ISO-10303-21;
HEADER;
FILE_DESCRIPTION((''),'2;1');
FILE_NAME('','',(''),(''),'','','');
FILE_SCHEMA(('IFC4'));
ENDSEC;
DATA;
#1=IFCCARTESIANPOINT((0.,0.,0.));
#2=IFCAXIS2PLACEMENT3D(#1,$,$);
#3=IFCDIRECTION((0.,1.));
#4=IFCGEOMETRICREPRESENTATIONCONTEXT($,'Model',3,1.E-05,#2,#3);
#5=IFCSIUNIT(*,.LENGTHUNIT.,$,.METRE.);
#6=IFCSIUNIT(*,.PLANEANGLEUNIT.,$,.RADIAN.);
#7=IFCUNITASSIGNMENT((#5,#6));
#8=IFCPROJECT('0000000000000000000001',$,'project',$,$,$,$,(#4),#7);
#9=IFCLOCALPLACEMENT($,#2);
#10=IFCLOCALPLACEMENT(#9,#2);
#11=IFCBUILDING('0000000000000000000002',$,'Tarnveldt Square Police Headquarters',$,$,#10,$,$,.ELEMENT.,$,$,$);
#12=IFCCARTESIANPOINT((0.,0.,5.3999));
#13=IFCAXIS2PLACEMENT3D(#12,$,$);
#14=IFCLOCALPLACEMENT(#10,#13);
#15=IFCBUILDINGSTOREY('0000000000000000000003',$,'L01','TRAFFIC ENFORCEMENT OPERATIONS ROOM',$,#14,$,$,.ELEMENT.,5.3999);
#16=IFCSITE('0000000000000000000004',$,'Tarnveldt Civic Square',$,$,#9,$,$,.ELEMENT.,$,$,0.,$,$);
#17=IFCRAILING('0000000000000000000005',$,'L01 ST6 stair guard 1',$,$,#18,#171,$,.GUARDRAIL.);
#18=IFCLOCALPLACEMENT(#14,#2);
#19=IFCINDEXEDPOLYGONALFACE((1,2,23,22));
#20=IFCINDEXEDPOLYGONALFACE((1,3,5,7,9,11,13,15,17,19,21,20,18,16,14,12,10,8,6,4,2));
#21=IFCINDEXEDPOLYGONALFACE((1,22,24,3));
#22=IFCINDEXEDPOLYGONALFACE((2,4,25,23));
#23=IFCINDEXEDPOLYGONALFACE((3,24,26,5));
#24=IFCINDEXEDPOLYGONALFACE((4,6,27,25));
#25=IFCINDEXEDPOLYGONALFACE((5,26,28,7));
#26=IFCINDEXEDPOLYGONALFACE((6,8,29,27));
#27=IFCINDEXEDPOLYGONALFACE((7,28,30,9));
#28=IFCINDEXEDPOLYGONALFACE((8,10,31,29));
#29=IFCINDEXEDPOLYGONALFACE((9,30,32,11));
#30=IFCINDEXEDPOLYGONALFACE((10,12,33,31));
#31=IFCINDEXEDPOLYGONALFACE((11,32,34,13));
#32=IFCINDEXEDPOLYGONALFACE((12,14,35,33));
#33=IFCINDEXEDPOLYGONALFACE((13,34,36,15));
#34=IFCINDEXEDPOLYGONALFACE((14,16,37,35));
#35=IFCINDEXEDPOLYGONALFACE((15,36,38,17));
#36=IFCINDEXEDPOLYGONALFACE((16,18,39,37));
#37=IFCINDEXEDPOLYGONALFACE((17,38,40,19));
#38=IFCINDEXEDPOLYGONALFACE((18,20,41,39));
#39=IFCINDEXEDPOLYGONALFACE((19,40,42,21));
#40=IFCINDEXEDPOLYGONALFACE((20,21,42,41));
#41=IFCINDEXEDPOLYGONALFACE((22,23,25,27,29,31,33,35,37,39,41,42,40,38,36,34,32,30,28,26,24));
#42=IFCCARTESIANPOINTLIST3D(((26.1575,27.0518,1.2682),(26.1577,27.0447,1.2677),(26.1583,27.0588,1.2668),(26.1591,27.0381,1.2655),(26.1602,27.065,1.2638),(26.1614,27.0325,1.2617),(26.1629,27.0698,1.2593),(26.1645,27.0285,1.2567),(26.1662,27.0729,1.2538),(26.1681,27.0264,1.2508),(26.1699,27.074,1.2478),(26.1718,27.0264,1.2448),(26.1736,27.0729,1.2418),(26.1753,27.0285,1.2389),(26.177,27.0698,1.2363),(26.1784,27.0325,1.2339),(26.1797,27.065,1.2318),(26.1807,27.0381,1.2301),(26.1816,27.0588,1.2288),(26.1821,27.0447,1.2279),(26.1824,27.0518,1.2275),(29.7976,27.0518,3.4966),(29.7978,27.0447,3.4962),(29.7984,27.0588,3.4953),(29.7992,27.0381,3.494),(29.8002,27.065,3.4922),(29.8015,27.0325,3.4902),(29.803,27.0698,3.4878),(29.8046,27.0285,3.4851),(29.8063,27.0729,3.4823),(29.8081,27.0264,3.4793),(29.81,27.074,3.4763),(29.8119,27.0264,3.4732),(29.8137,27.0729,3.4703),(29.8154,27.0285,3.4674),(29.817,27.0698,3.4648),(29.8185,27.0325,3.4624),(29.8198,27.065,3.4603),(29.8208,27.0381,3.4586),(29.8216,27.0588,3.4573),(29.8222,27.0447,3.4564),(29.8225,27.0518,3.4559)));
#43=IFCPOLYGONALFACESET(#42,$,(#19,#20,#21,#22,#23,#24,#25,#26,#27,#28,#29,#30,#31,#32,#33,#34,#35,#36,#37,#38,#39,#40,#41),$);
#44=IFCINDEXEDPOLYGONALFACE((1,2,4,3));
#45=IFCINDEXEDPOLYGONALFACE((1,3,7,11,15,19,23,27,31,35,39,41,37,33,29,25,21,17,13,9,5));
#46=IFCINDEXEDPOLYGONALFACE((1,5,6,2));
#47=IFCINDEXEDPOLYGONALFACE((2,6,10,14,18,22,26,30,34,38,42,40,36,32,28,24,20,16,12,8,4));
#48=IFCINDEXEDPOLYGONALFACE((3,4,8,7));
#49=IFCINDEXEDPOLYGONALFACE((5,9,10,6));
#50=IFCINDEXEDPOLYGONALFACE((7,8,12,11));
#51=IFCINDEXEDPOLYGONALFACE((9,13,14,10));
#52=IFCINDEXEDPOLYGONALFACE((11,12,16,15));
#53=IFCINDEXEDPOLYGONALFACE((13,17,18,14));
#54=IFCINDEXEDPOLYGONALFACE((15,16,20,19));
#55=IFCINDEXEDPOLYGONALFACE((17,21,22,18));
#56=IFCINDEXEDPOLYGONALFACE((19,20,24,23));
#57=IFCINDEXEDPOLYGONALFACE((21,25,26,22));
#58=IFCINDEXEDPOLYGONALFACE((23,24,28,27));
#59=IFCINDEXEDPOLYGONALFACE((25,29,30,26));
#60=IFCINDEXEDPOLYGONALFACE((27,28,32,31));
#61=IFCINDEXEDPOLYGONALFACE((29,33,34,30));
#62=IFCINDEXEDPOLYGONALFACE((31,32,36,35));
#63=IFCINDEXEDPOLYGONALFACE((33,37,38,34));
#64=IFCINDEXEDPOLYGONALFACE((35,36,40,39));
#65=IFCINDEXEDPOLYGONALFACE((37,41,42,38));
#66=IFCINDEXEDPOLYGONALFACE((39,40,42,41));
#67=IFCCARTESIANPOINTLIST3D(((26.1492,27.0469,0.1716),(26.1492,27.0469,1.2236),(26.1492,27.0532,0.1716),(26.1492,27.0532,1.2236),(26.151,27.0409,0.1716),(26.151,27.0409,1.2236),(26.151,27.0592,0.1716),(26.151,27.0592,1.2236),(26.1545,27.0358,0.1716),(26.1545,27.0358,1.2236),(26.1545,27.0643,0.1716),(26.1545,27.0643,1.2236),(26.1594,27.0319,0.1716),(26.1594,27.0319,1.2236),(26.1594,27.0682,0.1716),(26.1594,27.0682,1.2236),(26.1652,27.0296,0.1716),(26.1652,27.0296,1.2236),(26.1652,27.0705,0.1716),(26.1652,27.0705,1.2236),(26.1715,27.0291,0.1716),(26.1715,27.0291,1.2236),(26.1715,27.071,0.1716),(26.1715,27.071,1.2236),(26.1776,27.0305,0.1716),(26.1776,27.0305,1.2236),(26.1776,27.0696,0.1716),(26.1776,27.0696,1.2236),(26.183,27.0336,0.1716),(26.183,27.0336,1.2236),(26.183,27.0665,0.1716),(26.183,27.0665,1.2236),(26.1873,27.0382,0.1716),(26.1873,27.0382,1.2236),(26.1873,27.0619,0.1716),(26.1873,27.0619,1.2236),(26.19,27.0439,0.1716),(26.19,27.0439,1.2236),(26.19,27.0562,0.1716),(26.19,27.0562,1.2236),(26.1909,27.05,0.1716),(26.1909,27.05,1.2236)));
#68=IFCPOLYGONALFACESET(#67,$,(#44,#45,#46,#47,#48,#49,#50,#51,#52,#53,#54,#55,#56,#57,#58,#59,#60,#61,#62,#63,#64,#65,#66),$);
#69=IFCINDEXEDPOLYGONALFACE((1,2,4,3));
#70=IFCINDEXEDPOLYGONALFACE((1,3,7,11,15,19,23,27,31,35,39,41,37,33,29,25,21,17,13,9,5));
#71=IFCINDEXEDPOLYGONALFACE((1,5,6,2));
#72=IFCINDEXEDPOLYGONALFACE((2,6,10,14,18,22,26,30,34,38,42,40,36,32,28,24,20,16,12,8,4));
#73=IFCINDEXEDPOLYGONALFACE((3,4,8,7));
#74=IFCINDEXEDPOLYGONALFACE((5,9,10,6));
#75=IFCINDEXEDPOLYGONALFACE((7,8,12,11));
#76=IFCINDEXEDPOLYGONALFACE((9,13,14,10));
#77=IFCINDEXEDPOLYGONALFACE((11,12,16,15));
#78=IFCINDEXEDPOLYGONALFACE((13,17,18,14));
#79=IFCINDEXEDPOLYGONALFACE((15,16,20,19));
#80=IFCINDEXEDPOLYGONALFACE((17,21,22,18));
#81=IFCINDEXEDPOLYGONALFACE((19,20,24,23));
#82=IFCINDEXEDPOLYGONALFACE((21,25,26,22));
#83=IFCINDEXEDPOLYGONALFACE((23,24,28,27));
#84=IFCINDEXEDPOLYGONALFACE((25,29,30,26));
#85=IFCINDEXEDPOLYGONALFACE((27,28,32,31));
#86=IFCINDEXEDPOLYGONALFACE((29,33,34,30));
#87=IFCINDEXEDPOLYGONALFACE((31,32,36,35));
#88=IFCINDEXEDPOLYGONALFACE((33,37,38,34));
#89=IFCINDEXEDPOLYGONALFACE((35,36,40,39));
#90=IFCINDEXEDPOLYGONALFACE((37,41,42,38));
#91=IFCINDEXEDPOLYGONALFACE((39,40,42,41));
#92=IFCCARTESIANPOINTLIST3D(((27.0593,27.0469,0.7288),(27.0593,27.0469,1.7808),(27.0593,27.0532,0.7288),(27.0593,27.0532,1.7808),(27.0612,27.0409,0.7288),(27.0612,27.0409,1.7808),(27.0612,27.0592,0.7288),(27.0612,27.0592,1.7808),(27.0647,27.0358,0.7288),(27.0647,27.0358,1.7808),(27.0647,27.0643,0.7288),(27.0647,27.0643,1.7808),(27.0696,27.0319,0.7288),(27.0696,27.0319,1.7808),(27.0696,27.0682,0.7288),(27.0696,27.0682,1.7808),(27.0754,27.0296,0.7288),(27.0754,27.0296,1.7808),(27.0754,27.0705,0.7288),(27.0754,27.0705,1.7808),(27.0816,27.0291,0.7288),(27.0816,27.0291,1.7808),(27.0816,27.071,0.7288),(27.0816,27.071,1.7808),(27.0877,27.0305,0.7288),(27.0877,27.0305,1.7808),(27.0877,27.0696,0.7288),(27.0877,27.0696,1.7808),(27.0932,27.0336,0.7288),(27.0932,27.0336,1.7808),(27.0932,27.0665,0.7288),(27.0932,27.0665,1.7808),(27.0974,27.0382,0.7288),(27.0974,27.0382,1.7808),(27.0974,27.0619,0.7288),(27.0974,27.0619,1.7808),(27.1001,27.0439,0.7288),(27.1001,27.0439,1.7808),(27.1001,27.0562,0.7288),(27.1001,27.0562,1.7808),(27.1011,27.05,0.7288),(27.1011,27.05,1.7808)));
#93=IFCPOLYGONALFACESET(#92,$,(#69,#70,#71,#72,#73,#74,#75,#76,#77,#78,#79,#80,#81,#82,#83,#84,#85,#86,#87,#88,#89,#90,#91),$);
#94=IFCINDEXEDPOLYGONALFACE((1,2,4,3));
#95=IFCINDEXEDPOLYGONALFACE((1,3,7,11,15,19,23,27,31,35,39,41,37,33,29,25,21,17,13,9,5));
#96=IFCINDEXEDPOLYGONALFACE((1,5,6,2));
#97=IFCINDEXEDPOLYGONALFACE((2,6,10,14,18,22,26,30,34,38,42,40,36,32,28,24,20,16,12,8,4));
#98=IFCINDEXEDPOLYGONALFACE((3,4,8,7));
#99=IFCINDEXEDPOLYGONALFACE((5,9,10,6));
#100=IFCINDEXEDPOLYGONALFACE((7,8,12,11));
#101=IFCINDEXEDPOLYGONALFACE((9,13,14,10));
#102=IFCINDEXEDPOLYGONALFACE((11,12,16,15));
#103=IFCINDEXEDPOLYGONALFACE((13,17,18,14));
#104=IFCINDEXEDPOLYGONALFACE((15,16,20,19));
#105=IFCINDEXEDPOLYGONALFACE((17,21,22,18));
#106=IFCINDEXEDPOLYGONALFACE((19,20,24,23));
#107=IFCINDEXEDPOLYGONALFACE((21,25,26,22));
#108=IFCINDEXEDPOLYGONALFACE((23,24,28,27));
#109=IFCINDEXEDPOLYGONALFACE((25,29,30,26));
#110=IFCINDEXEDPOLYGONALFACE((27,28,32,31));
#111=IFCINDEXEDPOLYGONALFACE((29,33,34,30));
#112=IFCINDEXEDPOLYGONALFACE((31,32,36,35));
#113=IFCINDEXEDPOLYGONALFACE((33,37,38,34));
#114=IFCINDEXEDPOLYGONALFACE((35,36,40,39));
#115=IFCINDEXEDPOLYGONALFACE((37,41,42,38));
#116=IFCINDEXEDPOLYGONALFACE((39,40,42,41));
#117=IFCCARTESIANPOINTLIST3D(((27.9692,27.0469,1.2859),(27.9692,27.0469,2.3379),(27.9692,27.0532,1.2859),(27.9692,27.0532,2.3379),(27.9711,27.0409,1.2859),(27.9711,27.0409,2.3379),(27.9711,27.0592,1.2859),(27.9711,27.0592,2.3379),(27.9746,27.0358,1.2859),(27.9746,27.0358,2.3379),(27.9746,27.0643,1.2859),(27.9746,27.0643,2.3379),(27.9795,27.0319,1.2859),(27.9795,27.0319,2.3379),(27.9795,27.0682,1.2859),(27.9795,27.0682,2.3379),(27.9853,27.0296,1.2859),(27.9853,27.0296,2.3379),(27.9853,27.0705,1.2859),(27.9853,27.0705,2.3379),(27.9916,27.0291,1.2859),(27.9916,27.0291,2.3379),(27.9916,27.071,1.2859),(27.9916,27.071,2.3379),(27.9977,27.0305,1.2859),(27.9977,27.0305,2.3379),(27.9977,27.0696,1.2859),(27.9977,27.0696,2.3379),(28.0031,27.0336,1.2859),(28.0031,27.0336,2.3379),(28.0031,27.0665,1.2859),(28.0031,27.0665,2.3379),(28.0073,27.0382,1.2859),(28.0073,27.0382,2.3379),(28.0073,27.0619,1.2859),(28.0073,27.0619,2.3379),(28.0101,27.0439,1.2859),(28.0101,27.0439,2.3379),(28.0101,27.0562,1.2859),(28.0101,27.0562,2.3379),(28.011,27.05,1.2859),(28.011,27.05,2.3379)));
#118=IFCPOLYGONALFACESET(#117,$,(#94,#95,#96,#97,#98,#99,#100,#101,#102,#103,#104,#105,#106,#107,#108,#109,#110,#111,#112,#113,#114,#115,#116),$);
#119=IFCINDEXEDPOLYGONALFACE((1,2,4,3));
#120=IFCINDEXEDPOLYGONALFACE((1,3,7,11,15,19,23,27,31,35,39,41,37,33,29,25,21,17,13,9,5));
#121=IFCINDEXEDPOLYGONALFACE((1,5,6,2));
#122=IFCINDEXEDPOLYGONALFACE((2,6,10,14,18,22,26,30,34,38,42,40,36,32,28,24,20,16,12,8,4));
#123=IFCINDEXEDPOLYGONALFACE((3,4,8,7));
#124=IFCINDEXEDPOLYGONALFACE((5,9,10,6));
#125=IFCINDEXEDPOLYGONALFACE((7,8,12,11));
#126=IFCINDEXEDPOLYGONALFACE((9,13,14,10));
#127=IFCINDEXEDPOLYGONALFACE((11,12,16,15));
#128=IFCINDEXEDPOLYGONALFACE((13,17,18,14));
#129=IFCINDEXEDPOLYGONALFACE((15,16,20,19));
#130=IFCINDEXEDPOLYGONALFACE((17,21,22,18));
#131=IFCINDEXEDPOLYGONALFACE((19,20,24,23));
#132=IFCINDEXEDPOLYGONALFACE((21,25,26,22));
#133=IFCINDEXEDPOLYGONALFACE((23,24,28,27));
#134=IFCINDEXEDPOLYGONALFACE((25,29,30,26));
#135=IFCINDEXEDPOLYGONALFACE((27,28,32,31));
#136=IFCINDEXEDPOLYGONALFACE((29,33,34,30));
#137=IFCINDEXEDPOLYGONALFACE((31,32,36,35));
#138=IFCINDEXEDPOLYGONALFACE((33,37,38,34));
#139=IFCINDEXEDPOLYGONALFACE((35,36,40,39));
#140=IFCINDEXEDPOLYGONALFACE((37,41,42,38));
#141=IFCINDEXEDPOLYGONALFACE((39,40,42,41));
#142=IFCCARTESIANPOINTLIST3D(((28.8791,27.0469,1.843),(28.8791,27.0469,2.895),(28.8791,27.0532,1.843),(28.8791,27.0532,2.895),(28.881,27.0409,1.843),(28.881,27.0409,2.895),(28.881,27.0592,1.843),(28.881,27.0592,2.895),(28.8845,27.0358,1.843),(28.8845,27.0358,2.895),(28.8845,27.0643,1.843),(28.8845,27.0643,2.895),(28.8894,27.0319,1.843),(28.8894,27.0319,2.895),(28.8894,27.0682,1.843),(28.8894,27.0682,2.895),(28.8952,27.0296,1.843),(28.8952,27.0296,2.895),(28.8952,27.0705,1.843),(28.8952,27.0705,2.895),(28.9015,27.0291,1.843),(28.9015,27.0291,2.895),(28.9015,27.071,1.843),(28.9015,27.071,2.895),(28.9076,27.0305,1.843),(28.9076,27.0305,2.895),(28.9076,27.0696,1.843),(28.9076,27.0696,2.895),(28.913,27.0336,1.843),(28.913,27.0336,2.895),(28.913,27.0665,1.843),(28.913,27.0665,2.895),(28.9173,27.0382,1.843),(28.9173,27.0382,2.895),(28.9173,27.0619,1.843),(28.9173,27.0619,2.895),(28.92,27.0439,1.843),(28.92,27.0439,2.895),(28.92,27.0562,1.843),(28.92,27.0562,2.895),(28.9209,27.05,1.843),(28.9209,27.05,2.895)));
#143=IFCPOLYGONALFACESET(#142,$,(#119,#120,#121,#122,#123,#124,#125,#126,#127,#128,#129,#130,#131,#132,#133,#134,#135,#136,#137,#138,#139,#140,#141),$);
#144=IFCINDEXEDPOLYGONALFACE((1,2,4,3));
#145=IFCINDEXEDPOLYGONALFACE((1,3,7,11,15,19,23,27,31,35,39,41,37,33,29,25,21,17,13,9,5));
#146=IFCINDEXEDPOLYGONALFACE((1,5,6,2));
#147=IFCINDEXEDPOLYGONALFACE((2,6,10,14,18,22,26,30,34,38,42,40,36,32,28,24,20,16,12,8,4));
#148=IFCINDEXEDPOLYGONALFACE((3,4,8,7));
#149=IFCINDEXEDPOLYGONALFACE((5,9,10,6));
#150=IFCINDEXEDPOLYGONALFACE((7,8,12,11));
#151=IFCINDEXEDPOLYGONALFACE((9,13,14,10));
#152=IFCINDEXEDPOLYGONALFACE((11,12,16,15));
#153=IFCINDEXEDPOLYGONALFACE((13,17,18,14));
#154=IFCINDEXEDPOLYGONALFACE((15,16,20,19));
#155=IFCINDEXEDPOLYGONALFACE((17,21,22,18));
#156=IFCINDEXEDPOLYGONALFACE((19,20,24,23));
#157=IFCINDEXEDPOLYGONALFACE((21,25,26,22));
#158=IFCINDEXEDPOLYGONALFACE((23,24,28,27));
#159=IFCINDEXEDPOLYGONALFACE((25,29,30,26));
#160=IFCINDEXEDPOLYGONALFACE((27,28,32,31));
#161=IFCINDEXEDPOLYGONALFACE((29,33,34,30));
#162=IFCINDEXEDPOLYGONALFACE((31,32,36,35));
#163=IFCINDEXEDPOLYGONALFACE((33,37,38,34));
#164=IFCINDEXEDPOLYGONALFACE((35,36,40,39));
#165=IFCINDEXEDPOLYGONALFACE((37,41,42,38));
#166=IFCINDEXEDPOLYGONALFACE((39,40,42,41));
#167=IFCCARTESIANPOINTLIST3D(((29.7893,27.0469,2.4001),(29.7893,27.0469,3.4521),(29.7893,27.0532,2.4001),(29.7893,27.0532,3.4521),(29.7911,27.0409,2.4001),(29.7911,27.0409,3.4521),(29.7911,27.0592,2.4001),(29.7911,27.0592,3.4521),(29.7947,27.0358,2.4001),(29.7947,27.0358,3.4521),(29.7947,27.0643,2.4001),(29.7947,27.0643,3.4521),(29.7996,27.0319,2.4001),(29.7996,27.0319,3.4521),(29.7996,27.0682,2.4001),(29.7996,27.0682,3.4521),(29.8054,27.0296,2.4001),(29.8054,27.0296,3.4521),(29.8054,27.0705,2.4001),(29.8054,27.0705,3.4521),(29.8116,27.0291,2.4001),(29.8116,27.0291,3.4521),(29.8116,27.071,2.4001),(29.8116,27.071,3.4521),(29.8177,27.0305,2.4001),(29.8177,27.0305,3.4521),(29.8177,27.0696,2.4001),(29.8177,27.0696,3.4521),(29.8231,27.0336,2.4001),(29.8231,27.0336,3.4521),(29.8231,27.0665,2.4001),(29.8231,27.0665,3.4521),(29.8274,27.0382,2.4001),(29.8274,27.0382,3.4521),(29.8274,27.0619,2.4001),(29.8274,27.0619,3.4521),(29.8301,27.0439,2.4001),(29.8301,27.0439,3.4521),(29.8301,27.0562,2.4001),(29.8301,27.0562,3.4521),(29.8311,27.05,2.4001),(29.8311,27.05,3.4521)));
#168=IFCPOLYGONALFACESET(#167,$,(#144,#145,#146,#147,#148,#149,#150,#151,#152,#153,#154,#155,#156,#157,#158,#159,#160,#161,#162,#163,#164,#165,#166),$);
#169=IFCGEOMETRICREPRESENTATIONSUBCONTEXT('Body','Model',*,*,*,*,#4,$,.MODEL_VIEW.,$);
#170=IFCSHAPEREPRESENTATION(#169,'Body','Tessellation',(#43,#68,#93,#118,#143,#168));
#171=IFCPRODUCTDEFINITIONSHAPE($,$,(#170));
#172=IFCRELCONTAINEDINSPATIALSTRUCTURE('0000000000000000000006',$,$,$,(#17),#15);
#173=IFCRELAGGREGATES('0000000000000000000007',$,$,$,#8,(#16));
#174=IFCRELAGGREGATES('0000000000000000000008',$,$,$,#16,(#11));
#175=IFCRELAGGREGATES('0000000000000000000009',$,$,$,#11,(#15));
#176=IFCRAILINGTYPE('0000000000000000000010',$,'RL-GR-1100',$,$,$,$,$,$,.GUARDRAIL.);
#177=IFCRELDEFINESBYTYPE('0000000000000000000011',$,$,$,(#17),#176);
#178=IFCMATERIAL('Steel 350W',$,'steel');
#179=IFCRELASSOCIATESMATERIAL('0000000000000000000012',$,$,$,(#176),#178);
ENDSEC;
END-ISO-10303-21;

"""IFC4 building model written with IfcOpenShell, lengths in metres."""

from ifc_helpers import new_model, si_unit, direction, frame, origin, origin_2d, place, context, subcontext, project, spatial, circle, extrude, material, type_object, element, save


model = new_model("IFC4")

# Units and contexts
model_context = context("Model", 3, precision=1e-05, world=origin(), true_north=direction((0.0, 1.0)))
body_context = subcontext(model_context, "Body", "Model", "MODEL_VIEW")
ifc_project = project(units=[si_unit("LENGTHUNIT", "METRE"), si_unit("PLANEANGLEUNIT", "RADIAN")], contexts=[model_context])

# Site, building, storey
site_placement = place(None, origin())
site = spatial("IfcSite", under=ifc_project, at=site_placement, Name="Tarnveldt Civic Square", CompositionType="ELEMENT", RefElevation=0.0)
building_placement = place(site_placement, origin())
building = spatial("IfcBuilding", under=site, at=building_placement, Name="Tarnveldt Square Police Headquarters", CompositionType="ELEMENT")
storey_placement = place(building_placement, frame((0.0, 0.0, 5.3999)))
storey = spatial("IfcBuildingStorey", under=building, at=storey_placement, Name="L01", Description="TRAFFIC ENFORCEMENT OPERATIONS ROOM", CompositionType="ELEMENT", Elevation=5.3999)

# Railing
ifc_material_1 = material(Name="Steel 350W", Category="steel")
railing_type_1 = type_object("IfcRailingType", Name="RL-GR-1100", PredefinedType="GUARDRAIL", material=ifc_material_1)
railing_1_placement = place(storey_placement, frame((26.1699, 27.05, 0.1716)))
element("IfcRailing", 1, at=railing_1_placement, inside=storey, type_object=railing_type_1, Name="L01 ST6 stair guard 1", PredefinedType="GUARDRAIL", context=body_context, shape_type="SweptSolid", body=[
    extrude(circle(Radius=0.0239, at=origin_2d()), frame((0.0, 0.0, 1.0762), z_axis=(0.852866, 0.0, 0.52213), x_axis=(0.0, 1.0, 0.0)), (0.0, 0.0, 1.0), 4.2681),
    extrude(circle(Radius=0.021, at=origin_2d()), origin(), (0.0, 0.0, 1.0), 1.052),
    extrude(circle(Radius=0.021, at=origin_2d()), frame((0.9102, 0.0, 0.5571)), (0.0, 0.0, 1.0), 1.052),
    extrude(circle(Radius=0.021, at=origin_2d()), frame((1.8201, 0.0, 1.1143)), (0.0, 0.0, 1.0), 1.052),
    extrude(circle(Radius=0.021, at=origin_2d()), frame((2.73, 0.0, 1.6714)), (0.0, 0.0, 1.0), 1.052),
    extrude(circle(Radius=0.021, at=origin_2d()), frame((3.6401, 0.0, 2.2285)), (0.0, 0.0, 1.0), 1.052),
])

save(model, "model.ifc")
